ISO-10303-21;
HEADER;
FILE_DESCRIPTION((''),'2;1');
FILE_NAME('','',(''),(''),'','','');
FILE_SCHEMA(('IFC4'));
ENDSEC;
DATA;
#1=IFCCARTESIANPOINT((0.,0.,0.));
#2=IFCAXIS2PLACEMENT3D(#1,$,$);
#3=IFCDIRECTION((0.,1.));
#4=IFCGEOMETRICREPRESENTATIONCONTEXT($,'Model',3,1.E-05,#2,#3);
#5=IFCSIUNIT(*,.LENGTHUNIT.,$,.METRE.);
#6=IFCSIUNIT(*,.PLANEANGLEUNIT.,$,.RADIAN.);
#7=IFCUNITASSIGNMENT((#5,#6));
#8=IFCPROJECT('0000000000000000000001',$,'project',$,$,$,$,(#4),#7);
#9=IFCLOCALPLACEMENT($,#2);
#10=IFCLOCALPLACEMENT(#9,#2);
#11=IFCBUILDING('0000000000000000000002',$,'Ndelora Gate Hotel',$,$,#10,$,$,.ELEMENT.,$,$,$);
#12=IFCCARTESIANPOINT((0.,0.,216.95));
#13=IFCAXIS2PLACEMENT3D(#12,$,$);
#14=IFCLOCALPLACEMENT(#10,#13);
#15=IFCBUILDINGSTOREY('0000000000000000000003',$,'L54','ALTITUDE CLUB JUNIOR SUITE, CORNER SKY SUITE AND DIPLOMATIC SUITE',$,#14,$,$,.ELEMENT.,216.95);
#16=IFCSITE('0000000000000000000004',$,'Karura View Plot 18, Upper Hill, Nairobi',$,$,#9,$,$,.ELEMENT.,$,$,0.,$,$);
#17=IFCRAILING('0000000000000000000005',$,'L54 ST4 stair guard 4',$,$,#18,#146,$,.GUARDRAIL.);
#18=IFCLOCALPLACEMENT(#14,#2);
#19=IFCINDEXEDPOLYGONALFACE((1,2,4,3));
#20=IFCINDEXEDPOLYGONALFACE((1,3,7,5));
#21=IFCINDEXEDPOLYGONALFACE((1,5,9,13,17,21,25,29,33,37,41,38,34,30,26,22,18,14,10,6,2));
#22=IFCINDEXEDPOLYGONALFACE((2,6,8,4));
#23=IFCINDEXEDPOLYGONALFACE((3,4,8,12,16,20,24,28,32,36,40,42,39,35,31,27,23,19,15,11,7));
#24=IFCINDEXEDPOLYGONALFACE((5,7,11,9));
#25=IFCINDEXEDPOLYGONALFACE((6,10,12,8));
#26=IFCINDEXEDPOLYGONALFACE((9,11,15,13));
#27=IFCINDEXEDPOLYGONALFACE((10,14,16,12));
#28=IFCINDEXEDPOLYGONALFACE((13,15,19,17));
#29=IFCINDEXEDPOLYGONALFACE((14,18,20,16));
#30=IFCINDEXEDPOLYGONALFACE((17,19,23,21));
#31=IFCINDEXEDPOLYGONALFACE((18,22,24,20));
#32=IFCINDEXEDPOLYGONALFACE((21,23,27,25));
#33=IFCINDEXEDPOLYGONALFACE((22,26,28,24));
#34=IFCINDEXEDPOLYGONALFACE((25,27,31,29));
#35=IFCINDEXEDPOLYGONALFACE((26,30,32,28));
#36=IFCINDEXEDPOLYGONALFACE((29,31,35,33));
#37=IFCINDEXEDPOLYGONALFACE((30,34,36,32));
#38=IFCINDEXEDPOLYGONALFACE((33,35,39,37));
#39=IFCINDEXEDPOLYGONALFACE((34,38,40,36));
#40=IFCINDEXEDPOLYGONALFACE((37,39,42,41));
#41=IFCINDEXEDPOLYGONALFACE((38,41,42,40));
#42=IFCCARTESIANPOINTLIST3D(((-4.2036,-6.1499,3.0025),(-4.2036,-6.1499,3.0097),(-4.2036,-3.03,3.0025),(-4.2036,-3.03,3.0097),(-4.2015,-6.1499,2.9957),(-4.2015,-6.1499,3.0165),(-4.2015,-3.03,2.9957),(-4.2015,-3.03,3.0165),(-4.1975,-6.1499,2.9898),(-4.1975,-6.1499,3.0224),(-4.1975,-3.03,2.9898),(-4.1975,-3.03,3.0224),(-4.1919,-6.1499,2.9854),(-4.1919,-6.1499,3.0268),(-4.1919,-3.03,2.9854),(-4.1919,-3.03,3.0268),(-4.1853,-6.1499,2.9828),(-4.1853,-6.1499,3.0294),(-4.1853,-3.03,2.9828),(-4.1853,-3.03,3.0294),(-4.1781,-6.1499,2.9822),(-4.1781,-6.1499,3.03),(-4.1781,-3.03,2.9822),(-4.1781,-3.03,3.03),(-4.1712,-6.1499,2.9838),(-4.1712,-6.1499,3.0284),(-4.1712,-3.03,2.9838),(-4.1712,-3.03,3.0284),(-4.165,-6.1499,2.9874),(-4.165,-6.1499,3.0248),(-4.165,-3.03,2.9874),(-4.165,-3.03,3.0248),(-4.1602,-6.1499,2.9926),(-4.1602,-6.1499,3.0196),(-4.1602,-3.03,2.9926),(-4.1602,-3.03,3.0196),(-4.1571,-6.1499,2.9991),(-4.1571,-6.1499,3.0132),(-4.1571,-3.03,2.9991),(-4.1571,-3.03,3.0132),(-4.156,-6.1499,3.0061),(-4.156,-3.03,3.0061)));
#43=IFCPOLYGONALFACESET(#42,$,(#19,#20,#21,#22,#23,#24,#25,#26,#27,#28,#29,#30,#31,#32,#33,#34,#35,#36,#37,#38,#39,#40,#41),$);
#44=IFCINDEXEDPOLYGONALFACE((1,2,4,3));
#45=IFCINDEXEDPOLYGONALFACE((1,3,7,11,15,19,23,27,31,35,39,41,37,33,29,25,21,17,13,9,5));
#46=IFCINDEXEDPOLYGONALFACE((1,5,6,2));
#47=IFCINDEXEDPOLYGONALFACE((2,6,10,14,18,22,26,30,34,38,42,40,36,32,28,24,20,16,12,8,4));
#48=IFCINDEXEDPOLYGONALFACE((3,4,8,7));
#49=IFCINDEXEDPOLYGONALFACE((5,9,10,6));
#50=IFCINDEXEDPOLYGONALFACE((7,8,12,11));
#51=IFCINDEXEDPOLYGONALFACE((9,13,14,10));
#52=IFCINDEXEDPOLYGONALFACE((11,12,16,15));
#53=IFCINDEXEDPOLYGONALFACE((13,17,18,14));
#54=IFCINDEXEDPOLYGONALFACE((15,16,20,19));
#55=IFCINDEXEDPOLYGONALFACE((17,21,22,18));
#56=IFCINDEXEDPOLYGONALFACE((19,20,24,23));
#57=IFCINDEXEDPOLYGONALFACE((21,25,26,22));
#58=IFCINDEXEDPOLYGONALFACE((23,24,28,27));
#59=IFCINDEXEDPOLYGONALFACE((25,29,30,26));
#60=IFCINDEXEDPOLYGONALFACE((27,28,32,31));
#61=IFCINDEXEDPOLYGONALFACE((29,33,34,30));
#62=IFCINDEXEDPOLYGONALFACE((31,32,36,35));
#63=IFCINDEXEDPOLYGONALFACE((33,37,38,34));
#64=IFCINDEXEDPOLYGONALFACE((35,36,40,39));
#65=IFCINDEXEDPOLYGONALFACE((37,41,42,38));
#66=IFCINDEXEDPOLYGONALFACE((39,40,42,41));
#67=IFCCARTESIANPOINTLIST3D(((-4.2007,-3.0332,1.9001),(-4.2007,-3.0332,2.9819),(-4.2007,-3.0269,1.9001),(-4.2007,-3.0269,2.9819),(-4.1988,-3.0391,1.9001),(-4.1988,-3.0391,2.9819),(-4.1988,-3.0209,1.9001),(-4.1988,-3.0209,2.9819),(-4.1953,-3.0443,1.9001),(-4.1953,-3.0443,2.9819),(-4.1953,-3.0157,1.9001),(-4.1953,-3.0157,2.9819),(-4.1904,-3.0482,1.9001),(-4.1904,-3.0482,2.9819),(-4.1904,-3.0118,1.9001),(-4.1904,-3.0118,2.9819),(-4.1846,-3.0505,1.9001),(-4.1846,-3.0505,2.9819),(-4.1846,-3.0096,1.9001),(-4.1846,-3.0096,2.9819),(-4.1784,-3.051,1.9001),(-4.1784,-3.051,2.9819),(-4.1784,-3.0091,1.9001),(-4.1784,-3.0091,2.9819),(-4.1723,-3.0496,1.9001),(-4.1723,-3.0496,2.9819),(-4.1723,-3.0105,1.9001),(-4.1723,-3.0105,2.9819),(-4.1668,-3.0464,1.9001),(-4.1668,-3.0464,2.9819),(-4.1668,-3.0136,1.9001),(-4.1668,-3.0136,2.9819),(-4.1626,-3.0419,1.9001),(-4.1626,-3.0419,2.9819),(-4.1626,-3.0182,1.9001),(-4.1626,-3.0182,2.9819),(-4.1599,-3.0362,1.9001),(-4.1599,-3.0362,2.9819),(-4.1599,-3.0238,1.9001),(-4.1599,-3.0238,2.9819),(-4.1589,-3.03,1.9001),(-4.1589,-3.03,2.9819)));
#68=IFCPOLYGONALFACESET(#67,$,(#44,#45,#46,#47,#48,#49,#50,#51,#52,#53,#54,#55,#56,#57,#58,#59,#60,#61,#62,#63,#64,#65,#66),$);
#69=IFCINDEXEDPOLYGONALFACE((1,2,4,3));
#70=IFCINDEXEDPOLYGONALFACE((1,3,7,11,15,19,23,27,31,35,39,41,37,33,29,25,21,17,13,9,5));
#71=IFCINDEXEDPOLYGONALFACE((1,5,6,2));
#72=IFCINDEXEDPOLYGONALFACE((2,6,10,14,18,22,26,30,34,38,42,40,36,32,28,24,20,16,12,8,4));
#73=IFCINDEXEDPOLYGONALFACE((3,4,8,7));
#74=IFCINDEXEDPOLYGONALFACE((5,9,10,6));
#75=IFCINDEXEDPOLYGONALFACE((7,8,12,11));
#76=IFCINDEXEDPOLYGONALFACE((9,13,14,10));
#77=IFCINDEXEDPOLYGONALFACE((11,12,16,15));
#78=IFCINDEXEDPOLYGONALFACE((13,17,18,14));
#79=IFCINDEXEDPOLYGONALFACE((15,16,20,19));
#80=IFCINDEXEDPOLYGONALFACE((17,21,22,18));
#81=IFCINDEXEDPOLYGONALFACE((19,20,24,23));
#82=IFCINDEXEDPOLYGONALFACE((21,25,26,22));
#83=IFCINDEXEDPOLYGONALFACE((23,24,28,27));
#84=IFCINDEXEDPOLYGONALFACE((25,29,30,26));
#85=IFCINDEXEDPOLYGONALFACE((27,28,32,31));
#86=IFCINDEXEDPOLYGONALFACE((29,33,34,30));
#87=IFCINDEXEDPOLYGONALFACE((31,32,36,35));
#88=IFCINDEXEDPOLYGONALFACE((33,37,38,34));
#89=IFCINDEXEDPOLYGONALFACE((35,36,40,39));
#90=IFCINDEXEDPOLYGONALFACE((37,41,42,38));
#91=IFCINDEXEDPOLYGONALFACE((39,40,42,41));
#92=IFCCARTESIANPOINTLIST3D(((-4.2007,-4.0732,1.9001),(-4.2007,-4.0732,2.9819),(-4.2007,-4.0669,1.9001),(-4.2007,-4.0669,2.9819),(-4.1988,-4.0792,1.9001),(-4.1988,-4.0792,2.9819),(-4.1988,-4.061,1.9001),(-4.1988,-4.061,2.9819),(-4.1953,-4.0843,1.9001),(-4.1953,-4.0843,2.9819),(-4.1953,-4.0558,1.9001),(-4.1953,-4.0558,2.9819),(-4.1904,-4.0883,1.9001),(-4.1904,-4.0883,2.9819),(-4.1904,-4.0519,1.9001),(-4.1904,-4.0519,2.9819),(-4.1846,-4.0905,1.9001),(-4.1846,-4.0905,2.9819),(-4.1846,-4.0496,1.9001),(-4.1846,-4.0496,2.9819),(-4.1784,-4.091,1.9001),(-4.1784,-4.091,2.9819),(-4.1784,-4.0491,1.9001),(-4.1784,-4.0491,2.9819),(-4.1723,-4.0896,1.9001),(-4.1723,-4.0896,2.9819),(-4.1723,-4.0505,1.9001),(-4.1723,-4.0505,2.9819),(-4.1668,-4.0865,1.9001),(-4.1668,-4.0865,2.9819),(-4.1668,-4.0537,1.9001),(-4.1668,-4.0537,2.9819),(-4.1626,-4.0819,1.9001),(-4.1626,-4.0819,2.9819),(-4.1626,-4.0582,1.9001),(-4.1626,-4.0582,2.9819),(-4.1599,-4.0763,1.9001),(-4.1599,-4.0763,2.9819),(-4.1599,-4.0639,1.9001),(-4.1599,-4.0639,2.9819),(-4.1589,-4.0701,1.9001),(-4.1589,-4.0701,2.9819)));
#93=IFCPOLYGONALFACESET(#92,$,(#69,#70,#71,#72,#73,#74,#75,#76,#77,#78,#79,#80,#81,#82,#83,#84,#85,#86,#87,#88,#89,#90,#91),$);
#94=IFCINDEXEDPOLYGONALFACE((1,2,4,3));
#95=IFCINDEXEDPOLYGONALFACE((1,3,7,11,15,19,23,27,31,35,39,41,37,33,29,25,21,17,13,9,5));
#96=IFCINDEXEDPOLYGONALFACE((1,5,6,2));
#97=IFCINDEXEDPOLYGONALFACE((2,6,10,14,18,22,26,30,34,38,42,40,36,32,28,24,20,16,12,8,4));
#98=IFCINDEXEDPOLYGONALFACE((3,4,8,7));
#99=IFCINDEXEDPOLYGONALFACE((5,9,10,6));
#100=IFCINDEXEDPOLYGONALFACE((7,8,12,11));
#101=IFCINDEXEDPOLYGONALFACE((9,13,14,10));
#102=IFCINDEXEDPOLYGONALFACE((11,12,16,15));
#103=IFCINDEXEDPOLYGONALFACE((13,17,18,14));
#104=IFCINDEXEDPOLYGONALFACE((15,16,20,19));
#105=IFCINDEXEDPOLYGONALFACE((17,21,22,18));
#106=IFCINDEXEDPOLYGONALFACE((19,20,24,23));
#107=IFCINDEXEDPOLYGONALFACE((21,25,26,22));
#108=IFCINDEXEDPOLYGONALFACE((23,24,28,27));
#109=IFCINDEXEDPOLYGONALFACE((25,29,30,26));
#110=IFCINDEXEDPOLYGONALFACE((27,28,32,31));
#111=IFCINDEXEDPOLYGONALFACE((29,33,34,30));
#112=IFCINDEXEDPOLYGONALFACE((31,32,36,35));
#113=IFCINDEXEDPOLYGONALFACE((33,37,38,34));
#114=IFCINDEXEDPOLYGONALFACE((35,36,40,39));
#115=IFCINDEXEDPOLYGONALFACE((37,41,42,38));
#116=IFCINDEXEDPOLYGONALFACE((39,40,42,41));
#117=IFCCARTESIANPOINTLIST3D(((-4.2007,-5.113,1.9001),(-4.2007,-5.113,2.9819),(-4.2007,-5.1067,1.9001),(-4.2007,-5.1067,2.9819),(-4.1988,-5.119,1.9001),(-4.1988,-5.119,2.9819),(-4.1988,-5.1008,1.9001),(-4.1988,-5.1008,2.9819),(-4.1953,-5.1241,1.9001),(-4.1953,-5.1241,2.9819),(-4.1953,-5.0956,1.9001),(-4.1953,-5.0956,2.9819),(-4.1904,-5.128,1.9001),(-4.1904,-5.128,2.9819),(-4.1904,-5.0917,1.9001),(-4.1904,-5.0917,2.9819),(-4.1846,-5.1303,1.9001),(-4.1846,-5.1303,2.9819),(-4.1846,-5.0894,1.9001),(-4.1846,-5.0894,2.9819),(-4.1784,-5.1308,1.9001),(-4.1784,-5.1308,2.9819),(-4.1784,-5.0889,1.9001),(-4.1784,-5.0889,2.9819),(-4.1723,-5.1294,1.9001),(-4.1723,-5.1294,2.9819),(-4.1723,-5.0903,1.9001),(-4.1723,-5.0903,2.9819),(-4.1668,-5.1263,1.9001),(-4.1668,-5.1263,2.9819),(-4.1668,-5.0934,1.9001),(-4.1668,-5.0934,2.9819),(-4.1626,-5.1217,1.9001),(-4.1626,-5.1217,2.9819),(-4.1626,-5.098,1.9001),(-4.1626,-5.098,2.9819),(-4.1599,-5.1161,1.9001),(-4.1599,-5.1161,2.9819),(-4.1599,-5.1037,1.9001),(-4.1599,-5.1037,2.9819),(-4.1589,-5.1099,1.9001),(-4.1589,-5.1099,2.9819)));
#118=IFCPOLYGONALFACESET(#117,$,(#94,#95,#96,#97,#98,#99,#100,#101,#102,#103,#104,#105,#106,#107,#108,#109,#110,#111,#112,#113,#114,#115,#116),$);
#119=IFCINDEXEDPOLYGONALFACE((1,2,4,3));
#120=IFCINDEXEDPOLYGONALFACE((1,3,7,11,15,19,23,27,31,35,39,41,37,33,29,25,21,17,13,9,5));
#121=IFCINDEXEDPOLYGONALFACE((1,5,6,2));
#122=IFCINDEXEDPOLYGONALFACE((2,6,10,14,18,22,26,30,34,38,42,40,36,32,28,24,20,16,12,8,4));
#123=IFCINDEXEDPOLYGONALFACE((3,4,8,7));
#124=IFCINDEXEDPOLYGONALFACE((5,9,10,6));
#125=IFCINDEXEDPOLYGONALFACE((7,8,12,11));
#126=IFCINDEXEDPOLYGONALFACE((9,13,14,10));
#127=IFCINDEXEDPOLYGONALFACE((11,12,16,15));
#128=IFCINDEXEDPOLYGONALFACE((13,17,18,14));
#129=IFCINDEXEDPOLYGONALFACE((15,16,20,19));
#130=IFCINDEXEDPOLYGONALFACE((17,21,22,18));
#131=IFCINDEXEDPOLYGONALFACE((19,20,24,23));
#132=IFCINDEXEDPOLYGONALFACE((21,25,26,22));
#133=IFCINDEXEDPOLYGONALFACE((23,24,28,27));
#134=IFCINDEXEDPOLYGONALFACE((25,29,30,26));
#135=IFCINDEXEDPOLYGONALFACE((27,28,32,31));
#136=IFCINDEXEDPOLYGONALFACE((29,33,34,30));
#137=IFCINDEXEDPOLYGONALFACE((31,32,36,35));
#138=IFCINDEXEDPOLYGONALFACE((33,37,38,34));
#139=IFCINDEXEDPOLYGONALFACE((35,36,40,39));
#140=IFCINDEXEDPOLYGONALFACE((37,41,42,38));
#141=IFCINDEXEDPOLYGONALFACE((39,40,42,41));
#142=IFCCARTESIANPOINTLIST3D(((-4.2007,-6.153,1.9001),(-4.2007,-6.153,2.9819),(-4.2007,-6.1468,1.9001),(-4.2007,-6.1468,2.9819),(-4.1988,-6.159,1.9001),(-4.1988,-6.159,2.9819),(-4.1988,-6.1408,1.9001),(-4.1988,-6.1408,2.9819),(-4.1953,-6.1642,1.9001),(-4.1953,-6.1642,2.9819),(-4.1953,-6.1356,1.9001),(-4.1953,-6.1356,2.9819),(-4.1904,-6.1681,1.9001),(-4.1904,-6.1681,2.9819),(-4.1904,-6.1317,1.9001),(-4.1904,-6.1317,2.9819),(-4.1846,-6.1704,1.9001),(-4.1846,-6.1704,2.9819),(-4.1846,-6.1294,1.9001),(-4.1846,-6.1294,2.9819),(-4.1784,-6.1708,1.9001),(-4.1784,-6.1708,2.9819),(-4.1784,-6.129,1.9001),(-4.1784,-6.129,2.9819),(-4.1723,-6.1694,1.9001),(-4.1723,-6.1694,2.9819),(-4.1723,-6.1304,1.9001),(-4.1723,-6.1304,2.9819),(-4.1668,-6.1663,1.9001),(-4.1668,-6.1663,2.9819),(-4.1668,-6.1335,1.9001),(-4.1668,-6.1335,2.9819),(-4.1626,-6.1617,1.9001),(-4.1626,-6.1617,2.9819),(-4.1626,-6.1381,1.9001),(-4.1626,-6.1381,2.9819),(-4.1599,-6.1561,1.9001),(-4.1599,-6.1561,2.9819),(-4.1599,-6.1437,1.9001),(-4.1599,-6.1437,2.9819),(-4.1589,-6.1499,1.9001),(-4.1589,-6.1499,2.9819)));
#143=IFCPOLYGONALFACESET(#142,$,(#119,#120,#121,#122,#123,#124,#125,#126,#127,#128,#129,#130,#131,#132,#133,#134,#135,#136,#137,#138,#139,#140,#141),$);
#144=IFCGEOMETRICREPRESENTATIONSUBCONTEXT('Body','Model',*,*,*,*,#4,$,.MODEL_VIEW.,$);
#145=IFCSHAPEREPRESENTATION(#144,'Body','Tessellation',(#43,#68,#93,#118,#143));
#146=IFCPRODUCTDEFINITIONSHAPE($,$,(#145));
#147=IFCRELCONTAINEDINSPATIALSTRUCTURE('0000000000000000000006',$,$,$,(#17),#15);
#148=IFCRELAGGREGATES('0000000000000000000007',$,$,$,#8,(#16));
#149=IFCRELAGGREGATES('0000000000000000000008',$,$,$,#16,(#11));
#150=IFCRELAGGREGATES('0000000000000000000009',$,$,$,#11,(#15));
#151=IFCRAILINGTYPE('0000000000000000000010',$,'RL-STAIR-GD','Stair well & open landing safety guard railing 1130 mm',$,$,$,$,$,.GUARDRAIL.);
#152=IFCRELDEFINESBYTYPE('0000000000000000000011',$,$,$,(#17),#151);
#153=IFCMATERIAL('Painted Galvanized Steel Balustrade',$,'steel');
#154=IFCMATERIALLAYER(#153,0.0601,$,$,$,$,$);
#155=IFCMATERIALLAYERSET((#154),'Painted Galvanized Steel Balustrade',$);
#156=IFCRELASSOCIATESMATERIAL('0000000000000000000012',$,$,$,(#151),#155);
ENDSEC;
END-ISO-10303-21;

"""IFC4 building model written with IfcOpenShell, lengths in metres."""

from ifc_helpers import new_model, si_unit, direction, frame, origin, origin_2d, place, context, subcontext, project, spatial, circle, extrude, material, layer, layer_set, type_object, element, save


model = new_model("IFC4")

# Units and contexts
model_context = context("Model", 3, precision=1e-05, world=origin(), true_north=direction((0.0, 1.0)))
body_context = subcontext(model_context, "Body", "Model", "MODEL_VIEW")
ifc_project = project(units=[si_unit("LENGTHUNIT", "METRE"), si_unit("PLANEANGLEUNIT", "RADIAN")], contexts=[model_context])

# Site, building, storey
site_placement = place(None, origin())
site = spatial("IfcSite", under=ifc_project, at=site_placement, Name="Karura View Plot 18, Upper Hill, Nairobi", CompositionType="ELEMENT", RefElevation=0.0)
building_placement = place(site_placement, origin())
building = spatial("IfcBuilding", under=site, at=building_placement, Name="Ndelora Gate Hotel", CompositionType="ELEMENT")
storey_placement = place(building_placement, frame((0.0, 0.0, 216.95)))
storey = spatial("IfcBuildingStorey", under=building, at=storey_placement, Name="L54", Description="ALTITUDE CLUB JUNIOR SUITE, CORNER SKY SUITE AND DIPLOMATIC SUITE", CompositionType="ELEMENT", Elevation=216.95)

# Railing
ifc_material_1 = material(Name="Painted Galvanized Steel Balustrade", Category="steel")
ifc_layer_1 = layer(ifc_material_1, 0.0601)
ifc_layer_set_1 = layer_set([ifc_layer_1], Name="Painted Galvanized Steel Balustrade")
railing_type_1 = type_object("IfcRailingType", Name="RL-STAIR-GD", Description="Stair well & open landing safety guard railing 1130 mm", PredefinedType="GUARDRAIL", material=ifc_layer_set_1)
for number, where, name in (
    (1, (-4.1799, -3.03, 1.9001), "L54 ST4 stair guard 4"),
):
    element("IfcRailing", number, at=place(storey_placement, frame(where)), inside=storey, type_object=railing_type_1, Name=name, PredefinedType="GUARDRAIL", context=body_context, shape_type="SweptSolid", body=[
        extrude(circle(Radius=0.0239, at=origin_2d()), frame((0.0, 0.0, 1.106), z_axis=(0.0, -1.0, 0.0), x_axis=(1.0, 0.0, 0.0)), (0.0, 0.0, 1.0), 3.1199),
        extrude(circle(Radius=0.021, at=origin_2d()), origin(), (0.0, 0.0, 1.0), 1.0818),
        extrude(circle(Radius=0.021, at=origin_2d()), frame((0.0, -1.04, 0.0)), (0.0, 0.0, 1.0), 1.0818),
        extrude(circle(Radius=0.021, at=origin_2d()), frame((0.0, -2.0798, 0.0)), (0.0, 0.0, 1.0), 1.0818),
        extrude(circle(Radius=0.021, at=origin_2d()), frame((0.0, -3.1199, 0.0)), (0.0, 0.0, 1.0), 1.0818),
    ])

save(model, "model.ifc")
